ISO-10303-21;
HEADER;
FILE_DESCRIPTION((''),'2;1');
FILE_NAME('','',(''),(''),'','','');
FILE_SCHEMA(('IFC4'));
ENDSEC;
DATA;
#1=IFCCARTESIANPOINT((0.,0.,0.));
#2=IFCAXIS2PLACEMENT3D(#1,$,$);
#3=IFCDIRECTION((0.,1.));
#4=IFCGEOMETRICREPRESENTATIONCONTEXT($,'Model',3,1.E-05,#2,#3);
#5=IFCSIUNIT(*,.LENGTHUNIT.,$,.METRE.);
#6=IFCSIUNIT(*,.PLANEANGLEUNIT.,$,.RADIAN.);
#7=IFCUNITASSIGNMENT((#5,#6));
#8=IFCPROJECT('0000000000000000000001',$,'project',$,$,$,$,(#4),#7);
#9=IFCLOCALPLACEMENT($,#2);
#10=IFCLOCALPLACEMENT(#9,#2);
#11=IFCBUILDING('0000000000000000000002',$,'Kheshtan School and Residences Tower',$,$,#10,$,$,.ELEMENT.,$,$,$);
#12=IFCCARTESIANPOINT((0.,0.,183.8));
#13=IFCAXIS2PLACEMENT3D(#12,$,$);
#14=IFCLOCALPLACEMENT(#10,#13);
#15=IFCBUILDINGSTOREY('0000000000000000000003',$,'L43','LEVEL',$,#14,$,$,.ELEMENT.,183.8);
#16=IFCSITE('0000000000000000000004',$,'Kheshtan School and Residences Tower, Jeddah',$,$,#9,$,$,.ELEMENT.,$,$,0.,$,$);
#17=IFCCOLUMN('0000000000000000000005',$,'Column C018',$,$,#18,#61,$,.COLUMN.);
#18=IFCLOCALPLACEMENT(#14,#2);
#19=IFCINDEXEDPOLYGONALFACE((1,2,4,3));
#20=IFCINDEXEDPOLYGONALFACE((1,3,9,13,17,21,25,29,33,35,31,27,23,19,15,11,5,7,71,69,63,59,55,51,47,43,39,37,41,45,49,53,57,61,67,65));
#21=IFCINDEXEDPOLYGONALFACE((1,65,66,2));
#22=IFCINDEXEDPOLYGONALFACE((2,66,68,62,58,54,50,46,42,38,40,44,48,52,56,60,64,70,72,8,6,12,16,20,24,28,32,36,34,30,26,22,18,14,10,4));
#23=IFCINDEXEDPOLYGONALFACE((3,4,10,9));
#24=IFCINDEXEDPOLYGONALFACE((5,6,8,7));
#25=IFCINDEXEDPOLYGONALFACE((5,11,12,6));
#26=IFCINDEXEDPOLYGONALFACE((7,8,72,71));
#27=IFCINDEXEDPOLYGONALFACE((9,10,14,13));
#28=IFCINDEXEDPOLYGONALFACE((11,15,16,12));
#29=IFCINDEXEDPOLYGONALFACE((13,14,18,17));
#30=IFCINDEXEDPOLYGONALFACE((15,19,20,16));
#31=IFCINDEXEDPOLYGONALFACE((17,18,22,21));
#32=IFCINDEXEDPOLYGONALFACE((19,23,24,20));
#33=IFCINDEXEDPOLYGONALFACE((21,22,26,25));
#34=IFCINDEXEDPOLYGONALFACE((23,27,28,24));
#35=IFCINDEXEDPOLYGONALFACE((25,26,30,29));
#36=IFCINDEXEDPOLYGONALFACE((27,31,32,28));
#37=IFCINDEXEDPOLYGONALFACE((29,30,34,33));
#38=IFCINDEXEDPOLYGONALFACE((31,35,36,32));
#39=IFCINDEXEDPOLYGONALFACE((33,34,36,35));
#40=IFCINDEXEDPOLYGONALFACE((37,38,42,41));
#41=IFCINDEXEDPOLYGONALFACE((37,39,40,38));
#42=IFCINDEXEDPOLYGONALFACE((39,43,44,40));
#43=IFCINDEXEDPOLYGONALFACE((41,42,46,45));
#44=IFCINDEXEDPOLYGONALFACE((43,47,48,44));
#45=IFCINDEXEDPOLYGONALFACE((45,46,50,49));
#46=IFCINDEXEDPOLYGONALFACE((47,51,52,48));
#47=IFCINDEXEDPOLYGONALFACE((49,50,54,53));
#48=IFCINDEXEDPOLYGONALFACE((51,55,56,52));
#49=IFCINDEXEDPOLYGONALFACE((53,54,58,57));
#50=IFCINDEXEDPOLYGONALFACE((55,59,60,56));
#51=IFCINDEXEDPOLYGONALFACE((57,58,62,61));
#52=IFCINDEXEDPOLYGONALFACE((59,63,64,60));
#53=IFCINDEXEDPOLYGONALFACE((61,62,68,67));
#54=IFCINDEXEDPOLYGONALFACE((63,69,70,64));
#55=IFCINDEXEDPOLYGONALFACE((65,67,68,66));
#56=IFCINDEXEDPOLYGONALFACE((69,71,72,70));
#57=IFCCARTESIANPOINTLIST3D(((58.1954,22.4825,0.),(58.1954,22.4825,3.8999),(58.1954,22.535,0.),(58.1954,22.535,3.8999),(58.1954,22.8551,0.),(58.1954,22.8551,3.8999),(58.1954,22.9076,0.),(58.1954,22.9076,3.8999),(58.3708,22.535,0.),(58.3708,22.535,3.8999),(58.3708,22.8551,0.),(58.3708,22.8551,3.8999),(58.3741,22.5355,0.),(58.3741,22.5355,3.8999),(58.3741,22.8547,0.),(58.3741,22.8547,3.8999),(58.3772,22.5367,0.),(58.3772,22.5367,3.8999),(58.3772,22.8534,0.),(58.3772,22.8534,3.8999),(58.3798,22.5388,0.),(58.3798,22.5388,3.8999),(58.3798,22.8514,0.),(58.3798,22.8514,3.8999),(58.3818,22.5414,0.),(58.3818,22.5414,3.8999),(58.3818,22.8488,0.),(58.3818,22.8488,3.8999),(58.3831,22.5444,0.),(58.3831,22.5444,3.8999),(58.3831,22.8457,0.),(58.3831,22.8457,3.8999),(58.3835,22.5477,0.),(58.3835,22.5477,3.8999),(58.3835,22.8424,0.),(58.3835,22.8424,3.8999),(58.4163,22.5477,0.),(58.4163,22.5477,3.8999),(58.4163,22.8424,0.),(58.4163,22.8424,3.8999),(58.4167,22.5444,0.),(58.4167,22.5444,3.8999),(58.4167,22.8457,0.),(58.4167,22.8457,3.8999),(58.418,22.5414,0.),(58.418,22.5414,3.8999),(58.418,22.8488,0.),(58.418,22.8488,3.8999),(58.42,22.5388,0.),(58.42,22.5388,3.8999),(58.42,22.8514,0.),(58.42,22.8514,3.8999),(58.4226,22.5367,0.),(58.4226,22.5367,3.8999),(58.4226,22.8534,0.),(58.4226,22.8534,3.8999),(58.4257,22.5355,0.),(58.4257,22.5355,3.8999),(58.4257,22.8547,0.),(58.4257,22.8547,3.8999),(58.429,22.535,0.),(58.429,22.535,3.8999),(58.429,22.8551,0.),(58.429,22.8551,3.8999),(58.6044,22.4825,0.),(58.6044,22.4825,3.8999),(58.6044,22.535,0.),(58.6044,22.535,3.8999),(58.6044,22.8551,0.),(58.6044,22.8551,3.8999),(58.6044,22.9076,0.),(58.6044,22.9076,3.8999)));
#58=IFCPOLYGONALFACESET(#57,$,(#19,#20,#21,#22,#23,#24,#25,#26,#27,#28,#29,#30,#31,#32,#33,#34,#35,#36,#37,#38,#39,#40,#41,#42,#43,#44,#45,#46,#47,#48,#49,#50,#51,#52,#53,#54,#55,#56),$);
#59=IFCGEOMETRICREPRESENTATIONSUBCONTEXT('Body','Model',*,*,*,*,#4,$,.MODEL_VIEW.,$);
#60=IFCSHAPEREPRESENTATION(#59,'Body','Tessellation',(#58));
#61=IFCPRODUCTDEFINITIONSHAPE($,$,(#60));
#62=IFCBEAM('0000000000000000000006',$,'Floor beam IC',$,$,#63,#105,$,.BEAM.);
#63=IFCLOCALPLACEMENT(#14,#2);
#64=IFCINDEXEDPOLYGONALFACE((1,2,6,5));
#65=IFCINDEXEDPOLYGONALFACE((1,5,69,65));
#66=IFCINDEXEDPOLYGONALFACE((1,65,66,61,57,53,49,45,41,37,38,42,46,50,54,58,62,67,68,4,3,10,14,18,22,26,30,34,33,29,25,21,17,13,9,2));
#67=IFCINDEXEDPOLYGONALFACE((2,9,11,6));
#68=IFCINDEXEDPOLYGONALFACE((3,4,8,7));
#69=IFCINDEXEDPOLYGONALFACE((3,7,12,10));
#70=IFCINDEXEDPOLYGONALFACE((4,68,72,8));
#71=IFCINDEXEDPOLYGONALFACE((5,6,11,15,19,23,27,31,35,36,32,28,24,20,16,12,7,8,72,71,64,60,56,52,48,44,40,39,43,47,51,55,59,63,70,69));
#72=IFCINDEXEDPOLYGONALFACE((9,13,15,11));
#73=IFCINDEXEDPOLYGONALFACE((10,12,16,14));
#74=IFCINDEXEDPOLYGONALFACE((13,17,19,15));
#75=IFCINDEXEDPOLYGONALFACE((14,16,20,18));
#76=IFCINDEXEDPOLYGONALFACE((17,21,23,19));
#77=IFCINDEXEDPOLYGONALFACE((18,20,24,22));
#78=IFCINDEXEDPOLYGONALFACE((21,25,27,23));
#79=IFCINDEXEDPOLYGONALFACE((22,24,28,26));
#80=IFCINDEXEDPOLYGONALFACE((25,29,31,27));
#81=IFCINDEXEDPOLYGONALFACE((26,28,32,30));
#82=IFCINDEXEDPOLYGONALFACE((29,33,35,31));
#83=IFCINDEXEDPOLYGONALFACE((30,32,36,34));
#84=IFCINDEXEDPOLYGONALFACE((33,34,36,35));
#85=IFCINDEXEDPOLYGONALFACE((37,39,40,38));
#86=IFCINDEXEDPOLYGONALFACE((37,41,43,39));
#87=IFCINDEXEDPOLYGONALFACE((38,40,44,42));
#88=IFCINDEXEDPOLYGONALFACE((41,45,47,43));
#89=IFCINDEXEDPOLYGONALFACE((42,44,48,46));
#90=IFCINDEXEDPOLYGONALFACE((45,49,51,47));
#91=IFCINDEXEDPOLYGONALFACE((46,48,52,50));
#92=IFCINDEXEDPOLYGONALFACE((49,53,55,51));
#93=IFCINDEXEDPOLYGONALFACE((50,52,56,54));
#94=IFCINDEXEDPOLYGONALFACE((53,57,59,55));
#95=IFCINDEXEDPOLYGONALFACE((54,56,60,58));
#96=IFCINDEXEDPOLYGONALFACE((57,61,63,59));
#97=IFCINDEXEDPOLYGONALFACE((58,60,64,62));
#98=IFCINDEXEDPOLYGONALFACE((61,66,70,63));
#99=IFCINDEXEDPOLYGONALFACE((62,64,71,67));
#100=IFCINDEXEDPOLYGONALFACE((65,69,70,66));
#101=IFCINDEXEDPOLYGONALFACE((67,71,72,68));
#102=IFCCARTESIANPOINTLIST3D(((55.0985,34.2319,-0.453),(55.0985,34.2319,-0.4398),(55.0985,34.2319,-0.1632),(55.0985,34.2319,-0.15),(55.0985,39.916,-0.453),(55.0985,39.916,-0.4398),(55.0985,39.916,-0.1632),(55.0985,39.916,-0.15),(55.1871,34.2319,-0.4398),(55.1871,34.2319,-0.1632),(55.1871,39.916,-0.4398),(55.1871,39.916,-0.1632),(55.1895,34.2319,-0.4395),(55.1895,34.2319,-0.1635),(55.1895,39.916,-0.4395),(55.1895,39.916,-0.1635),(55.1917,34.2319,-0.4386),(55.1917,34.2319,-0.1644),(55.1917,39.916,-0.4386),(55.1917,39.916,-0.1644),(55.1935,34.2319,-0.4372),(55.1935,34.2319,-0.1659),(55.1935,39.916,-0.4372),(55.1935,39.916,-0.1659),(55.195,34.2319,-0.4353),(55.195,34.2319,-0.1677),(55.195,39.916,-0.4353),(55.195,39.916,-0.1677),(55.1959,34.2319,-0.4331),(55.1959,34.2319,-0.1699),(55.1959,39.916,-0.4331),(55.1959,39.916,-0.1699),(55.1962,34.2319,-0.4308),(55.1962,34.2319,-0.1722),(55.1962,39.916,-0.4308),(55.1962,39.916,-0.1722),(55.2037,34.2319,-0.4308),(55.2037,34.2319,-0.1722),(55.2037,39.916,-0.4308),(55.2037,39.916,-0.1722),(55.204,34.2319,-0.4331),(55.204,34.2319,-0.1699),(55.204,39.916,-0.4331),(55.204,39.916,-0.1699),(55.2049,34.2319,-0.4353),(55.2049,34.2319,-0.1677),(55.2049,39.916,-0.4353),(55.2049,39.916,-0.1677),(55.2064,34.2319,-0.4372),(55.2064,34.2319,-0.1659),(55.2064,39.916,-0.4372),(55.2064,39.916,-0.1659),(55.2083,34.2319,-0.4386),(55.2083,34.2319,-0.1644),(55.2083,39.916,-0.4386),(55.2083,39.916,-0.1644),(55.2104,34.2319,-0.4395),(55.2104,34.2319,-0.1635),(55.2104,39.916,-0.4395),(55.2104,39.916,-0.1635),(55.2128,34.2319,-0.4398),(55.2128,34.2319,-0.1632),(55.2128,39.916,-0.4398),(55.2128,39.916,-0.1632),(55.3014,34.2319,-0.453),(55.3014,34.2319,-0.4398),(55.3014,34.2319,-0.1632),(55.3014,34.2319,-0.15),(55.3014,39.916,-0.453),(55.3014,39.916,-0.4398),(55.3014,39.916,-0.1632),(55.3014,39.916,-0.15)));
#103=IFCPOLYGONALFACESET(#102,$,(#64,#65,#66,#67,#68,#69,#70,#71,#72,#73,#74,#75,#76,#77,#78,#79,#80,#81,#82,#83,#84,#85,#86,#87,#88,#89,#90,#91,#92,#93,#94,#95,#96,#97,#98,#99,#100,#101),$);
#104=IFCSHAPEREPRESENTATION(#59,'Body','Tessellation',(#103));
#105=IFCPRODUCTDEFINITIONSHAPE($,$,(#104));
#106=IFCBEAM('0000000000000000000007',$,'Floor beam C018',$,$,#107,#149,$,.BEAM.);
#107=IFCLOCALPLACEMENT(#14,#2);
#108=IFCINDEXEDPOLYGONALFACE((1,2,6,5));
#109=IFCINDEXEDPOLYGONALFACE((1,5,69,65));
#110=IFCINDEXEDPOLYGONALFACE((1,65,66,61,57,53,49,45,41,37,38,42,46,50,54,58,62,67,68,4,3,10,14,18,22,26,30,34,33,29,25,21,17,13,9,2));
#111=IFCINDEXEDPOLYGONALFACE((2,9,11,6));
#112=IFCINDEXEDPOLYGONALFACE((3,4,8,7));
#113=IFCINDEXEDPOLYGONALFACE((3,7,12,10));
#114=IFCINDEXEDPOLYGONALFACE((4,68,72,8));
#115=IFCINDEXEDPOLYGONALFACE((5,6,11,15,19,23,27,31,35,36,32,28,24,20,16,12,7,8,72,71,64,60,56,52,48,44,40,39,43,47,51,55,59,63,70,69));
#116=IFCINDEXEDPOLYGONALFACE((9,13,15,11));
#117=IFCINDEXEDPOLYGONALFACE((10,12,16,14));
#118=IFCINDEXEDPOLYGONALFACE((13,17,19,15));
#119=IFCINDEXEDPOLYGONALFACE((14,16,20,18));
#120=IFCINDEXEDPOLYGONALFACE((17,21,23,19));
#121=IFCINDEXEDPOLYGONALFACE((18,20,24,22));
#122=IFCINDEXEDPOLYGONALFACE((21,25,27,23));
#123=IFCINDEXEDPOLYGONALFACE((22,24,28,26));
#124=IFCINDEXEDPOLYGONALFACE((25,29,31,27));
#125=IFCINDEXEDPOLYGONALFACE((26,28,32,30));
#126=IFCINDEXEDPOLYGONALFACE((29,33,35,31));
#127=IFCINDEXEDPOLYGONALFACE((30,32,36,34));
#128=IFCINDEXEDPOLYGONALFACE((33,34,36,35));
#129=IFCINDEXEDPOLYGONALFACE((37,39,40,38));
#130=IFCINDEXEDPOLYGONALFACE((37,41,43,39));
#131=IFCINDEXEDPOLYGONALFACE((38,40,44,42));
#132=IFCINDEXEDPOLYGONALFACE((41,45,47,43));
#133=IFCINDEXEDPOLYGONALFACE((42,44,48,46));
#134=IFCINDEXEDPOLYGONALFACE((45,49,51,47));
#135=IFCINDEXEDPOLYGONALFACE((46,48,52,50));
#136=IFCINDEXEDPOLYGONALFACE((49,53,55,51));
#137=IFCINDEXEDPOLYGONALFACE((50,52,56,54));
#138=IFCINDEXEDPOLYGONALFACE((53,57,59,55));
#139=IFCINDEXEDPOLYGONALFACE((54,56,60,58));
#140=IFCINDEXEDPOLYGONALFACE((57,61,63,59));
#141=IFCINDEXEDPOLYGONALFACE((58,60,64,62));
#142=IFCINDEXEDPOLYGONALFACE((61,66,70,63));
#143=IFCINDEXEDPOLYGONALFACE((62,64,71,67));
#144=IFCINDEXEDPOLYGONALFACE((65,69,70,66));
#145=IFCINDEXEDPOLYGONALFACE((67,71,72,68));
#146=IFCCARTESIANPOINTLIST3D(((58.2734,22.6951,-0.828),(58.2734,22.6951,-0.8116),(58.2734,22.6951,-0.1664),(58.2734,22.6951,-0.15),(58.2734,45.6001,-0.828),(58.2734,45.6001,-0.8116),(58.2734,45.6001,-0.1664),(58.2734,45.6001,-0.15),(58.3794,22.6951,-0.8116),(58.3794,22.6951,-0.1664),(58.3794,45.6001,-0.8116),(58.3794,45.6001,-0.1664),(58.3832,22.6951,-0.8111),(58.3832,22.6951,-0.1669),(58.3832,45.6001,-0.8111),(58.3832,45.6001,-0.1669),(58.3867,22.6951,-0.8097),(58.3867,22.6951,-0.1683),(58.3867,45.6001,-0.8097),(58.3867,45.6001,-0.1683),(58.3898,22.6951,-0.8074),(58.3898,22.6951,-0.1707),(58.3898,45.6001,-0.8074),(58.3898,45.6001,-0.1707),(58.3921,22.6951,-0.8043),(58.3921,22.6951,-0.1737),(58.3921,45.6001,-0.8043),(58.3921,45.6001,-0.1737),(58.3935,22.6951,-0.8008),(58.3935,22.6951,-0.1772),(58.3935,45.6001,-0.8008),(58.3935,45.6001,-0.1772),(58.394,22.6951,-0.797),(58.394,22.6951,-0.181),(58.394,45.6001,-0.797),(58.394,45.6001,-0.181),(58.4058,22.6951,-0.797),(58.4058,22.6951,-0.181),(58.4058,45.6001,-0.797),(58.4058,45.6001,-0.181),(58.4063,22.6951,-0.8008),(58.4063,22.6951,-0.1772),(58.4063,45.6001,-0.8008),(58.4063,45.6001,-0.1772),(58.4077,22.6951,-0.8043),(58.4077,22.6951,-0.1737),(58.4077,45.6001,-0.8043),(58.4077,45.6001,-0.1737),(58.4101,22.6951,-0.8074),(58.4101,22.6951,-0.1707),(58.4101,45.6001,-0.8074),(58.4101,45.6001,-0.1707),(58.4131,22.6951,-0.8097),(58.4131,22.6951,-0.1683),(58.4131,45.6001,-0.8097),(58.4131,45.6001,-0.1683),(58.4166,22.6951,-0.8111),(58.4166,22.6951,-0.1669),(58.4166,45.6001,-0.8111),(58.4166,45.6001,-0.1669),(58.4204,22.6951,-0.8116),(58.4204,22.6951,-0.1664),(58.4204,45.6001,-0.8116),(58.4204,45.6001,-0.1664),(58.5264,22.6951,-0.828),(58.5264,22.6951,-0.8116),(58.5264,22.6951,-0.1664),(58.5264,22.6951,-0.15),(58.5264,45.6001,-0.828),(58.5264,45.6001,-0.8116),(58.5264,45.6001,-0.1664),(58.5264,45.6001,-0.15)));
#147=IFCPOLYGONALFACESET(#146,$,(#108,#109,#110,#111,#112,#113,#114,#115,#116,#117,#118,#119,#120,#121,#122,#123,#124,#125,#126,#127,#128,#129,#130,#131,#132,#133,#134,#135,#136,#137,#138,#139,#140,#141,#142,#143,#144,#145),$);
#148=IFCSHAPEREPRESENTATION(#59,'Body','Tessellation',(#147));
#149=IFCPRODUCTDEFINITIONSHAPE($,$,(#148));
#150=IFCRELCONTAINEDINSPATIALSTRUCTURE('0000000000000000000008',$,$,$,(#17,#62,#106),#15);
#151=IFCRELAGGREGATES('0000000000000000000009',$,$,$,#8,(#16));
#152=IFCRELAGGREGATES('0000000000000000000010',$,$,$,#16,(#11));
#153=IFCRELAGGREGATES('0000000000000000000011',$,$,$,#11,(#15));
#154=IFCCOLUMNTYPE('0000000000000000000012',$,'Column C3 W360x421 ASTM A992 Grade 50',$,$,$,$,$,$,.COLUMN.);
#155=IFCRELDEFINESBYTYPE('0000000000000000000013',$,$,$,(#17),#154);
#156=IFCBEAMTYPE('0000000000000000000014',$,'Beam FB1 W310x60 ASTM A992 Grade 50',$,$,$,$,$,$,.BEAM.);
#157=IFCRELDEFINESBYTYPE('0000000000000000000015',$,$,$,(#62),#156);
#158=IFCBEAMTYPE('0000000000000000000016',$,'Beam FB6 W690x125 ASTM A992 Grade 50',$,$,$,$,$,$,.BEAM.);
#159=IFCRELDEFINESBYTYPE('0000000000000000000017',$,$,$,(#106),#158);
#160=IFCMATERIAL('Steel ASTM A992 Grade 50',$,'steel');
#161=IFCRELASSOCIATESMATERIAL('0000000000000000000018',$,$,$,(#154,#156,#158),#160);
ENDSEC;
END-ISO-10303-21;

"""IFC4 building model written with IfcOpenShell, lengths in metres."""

from ifc_helpers import new_model, si_unit, direction, frame, origin, origin_2d, place, context, subcontext, project, spatial, i_section, extrude, material, material_profile, profile_set, type_object, element, save


model = new_model("IFC4")

# Units and contexts
model_context = context("Model", 3, precision=1e-05, world=origin(), true_north=direction((0.0, 1.0)))
body_context = subcontext(model_context, "Body", "Model", "MODEL_VIEW")
ifc_project = project(units=[si_unit("LENGTHUNIT", "METRE"), si_unit("PLANEANGLEUNIT", "RADIAN")], contexts=[model_context])

# Site, building, storey
site_placement = place(None, origin())
site = spatial("IfcSite", under=ifc_project, at=site_placement, Name="Kheshtan School and Residences Tower, Jeddah", CompositionType="ELEMENT", RefElevation=0.0)
building_placement = place(site_placement, origin())
building = spatial("IfcBuilding", under=site, at=building_placement, Name="Kheshtan School and Residences Tower", CompositionType="ELEMENT")
storey_placement = place(building_placement, frame((0.0, 0.0, 183.8)))
storey = spatial("IfcBuildingStorey", under=building, at=storey_placement, Name="L43", Description="LEVEL", CompositionType="ELEMENT", Elevation=183.8)

# Column
ifc_material_1 = material(Name="Steel ASTM A992 Grade 50", Category="steel")
ifc_material_profile_1 = material_profile(ifc_material_1, i_section(OverallWidth=0.4089, OverallDepth=0.425, WebThickness=0.0327, FlangeThickness=0.0525, FilletRadius=0.0127, at=origin_2d()), Name="W360x421")
ifc_profile_set_1 = profile_set([ifc_material_profile_1], Name="Steel ASTM A992 Grade 50")
column_type = type_object("IfcColumnType", Name="Column C3 W360x421 ASTM A992 Grade 50", PredefinedType="COLUMN", material=ifc_profile_set_1)
column_placement = place(storey_placement, frame((58.3999, 22.6951, 0.0), z_axis=(0.0, 0.0, 1.0), x_axis=(1.0, 0.0, 0.0)))
element("IfcColumn", 1, at=column_placement, inside=storey, type_object=column_type, Name="Column C018", PredefinedType="COLUMN", context=body_context, shape_type="SweptSolid", body=[
    extrude(i_section(OverallWidth=0.4089, OverallDepth=0.425, WebThickness=0.0327, FlangeThickness=0.0525, FilletRadius=0.0127, at=origin_2d()), origin(), (0.0, 0.0, 1.0), 3.8999),
])

# Beams
ifc_material_profile_2 = material_profile(ifc_material_1, i_section(OverallWidth=0.2029, OverallDepth=0.303, WebThickness=0.0076, FlangeThickness=0.0132, FilletRadius=0.009, at=origin_2d()), Name="W310x60")
ifc_profile_set_2 = profile_set([ifc_material_profile_2], Name="Steel ASTM A992 Grade 50")
beam_type_1 = type_object("IfcBeamType", Name="Beam FB1 W310x60 ASTM A992 Grade 50", PredefinedType="BEAM", material=ifc_profile_set_2)
beam_1_placement = place(storey_placement, frame((55.2, 34.2319, -0.3015), z_axis=(0.0, 1.0, 0.0), x_axis=(-1.0, 0.0, 0.0)))
element("IfcBeam", 2, at=beam_1_placement, inside=storey, type_object=beam_type_1, Name="Floor beam IC", PredefinedType="BEAM", context=body_context, shape_type="SweptSolid", body=[
    extrude(i_section(OverallWidth=0.2029, OverallDepth=0.303, WebThickness=0.0076, FlangeThickness=0.0132, FilletRadius=0.009, at=origin_2d()), origin(), (0.0, 0.0, 1.0), 5.6841),
])
ifc_material_profile_3 = material_profile(ifc_material_1, i_section(OverallWidth=0.2529, OverallDepth=0.678, WebThickness=0.0117, FlangeThickness=0.0164, FilletRadius=0.0146, at=origin_2d()), Name="W690x125")
ifc_profile_set_3 = profile_set([ifc_material_profile_3], Name="Steel ASTM A992 Grade 50")
beam_type_2 = type_object("IfcBeamType", Name="Beam FB6 W690x125 ASTM A992 Grade 50", PredefinedType="BEAM", material=ifc_profile_set_3)
beam_2_placement = place(storey_placement, frame((58.3999, 22.6951, -0.489), z_axis=(0.0, 1.0, 0.0), x_axis=(-1.0, 0.0, 0.0)))
element("IfcBeam", 3, at=beam_2_placement, inside=storey, type_object=beam_type_2, Name="Floor beam C018", PredefinedType="BEAM", context=body_context, shape_type="SweptSolid", body=[
    extrude(i_section(OverallWidth=0.2529, OverallDepth=0.678, WebThickness=0.0117, FlangeThickness=0.0164, FilletRadius=0.0146, at=origin_2d()), origin(), (0.0, 0.0, 1.0), 22.905),
])

save(model, "model.ifc")
